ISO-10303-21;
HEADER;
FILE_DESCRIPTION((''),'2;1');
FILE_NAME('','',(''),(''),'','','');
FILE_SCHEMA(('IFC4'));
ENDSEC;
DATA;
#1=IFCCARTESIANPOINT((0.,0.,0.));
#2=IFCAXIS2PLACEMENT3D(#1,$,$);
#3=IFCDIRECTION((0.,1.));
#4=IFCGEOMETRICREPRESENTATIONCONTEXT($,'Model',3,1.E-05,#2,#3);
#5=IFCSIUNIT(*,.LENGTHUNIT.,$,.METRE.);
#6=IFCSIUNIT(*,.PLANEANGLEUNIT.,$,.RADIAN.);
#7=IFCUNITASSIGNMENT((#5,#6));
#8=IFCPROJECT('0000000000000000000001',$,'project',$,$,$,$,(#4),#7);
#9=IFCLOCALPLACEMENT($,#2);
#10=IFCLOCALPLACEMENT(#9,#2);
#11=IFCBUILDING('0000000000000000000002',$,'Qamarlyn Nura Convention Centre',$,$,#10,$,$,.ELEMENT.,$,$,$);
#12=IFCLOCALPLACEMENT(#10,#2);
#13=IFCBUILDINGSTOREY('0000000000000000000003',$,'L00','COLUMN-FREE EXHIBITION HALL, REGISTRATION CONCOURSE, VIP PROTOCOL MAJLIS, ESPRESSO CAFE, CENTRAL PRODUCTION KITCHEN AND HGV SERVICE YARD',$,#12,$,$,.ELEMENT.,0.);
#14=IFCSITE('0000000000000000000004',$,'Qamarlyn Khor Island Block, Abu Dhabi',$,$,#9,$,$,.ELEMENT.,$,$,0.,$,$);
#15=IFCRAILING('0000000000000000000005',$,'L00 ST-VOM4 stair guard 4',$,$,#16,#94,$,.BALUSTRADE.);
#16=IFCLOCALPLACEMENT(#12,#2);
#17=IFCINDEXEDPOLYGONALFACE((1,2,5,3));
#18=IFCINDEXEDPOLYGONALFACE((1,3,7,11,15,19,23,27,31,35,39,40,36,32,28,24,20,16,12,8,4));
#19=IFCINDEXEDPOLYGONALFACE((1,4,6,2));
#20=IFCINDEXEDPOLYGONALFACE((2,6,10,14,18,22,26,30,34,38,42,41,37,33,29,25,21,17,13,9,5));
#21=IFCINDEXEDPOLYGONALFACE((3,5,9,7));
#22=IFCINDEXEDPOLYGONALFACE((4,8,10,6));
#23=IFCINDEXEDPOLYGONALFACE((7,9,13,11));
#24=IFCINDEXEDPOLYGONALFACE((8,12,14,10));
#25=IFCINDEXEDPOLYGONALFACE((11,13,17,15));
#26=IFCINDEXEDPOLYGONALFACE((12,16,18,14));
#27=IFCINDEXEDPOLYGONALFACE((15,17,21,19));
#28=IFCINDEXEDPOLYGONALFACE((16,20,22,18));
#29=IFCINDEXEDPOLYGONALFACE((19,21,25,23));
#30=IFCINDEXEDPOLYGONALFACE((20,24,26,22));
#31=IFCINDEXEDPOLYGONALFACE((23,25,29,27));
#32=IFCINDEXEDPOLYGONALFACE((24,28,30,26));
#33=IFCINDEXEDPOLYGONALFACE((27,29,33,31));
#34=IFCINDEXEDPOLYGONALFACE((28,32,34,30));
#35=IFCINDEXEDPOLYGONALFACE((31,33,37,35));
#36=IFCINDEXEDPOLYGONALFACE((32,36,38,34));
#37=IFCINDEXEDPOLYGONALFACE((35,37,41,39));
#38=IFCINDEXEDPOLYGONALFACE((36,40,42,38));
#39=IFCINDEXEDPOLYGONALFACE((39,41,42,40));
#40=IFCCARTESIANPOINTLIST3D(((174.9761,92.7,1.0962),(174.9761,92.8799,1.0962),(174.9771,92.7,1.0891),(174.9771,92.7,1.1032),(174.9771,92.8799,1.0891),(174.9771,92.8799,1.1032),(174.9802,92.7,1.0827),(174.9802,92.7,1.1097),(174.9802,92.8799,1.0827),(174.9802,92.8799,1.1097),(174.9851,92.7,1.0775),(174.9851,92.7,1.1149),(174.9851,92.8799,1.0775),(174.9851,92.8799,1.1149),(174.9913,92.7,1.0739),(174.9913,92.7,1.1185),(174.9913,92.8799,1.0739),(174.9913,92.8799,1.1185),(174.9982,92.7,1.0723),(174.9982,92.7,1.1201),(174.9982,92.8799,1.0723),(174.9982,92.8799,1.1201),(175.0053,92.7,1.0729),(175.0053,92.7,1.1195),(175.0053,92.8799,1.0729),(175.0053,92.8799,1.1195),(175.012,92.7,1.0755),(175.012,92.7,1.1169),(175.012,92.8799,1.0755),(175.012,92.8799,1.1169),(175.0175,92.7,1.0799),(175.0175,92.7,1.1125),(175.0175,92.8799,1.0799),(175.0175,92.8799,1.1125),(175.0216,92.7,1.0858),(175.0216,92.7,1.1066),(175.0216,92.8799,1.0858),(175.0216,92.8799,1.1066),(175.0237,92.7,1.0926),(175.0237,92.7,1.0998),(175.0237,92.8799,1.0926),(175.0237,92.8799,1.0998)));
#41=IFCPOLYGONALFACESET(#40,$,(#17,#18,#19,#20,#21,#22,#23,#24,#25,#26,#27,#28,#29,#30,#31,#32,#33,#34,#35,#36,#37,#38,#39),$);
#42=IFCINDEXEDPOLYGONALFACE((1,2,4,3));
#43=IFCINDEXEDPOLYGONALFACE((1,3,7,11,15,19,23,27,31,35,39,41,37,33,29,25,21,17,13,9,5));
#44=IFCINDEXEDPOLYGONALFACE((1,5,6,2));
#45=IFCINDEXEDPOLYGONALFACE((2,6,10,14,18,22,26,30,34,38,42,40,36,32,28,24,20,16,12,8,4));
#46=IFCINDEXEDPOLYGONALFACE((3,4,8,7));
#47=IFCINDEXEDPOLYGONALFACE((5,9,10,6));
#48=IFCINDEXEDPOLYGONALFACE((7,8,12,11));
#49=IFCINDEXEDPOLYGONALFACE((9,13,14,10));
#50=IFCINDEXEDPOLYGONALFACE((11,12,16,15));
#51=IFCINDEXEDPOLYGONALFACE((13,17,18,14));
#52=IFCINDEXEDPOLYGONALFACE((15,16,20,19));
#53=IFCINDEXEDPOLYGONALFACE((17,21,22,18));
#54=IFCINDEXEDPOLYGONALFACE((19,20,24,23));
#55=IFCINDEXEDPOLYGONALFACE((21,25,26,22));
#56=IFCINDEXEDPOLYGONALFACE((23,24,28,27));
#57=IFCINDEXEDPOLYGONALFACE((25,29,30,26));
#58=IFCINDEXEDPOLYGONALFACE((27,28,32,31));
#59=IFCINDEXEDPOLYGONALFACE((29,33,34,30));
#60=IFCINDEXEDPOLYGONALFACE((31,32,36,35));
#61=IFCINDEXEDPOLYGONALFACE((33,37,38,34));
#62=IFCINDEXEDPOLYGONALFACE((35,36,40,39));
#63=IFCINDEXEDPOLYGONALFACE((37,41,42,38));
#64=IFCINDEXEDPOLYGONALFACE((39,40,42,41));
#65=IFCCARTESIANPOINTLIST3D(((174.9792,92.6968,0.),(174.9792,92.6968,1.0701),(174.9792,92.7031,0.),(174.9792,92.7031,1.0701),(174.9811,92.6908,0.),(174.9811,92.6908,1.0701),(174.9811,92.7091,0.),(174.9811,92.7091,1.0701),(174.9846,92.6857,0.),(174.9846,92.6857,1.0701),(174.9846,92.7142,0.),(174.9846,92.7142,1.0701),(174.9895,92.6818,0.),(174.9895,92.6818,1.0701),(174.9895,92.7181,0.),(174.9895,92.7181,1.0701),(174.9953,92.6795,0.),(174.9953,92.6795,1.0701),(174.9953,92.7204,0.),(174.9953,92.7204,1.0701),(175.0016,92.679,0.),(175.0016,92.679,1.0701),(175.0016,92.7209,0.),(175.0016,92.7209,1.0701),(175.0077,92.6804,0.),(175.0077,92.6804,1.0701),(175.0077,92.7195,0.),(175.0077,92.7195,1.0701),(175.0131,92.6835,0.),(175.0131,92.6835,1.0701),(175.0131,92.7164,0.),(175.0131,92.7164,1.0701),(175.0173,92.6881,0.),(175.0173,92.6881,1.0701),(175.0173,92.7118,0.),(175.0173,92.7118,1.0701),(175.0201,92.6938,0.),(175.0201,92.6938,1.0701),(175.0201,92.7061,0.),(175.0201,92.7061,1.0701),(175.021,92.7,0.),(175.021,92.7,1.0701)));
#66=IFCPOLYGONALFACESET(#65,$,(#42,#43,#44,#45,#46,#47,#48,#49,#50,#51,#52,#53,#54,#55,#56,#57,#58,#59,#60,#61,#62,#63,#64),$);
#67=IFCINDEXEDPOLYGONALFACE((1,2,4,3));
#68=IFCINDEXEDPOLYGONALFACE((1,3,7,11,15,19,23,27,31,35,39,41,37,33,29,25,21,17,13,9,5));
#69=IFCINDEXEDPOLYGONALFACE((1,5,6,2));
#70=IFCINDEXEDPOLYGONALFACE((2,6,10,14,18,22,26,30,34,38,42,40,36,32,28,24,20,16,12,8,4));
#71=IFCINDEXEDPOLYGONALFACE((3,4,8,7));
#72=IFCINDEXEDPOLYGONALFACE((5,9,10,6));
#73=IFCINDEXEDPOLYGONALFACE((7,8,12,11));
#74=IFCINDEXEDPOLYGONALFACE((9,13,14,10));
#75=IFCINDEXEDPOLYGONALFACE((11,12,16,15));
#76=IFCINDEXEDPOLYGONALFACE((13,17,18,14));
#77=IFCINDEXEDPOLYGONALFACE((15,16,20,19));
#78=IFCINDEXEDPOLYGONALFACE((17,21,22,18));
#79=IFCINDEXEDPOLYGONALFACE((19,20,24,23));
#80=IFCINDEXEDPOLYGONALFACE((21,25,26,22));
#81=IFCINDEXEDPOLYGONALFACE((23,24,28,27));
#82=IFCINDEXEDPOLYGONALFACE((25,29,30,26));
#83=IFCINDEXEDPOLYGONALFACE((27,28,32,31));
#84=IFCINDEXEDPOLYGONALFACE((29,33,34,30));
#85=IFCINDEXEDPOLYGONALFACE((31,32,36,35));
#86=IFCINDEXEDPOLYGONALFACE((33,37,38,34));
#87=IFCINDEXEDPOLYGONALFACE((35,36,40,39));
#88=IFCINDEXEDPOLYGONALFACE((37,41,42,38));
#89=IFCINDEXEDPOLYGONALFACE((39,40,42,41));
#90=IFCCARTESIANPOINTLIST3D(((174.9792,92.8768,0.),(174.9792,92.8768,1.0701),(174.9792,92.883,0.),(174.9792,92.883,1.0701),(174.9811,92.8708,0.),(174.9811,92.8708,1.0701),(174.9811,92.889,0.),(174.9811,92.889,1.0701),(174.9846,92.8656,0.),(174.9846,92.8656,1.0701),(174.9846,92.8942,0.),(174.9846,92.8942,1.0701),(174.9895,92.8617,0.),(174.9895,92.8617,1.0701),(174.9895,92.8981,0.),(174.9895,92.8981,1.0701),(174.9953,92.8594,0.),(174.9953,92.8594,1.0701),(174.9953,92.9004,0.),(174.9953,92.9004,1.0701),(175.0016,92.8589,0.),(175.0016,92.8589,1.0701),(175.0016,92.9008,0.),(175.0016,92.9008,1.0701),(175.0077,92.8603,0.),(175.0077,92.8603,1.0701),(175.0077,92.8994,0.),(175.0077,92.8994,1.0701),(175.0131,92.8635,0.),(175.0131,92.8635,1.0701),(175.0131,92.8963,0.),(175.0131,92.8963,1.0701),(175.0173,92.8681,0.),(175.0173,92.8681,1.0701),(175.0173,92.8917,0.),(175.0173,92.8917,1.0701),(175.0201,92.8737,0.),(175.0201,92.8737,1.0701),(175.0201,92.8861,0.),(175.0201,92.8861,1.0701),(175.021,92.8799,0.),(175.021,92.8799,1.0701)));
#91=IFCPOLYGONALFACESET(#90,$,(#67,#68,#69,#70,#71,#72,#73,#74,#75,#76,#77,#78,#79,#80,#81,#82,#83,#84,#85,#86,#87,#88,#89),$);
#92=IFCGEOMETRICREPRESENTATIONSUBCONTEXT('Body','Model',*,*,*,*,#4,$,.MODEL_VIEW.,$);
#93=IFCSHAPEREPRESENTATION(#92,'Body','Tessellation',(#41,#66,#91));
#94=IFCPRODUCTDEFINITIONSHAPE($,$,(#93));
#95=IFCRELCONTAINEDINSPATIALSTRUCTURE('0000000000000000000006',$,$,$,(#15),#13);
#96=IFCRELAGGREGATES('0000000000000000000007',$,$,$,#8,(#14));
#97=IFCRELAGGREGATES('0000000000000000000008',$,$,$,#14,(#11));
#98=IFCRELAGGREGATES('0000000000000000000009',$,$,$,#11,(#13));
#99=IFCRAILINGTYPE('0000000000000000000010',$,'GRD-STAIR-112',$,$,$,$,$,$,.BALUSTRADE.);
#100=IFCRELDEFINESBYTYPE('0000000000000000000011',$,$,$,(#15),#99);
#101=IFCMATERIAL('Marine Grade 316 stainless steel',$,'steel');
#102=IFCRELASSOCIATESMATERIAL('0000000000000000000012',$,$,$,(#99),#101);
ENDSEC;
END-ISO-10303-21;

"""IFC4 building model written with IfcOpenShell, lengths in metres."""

from ifc_helpers import new_model, si_unit, direction, frame, origin, origin_2d, place, context, subcontext, project, spatial, circle, extrude, material, type_object, element, save


model = new_model("IFC4")

# Units and contexts
model_context = context("Model", 3, precision=1e-05, world=origin(), true_north=direction((0.0, 1.0)))
body_context = subcontext(model_context, "Body", "Model", "MODEL_VIEW")
ifc_project = project(units=[si_unit("LENGTHUNIT", "METRE"), si_unit("PLANEANGLEUNIT", "RADIAN")], contexts=[model_context])

# Site, building, storey
site_placement = place(None, origin())
site = spatial("IfcSite", under=ifc_project, at=site_placement, Name="Qamarlyn Khor Island Block, Abu Dhabi", CompositionType="ELEMENT", RefElevation=0.0)
building_placement = place(site_placement, origin())
building = spatial("IfcBuilding", under=site, at=building_placement, Name="Qamarlyn Nura Convention Centre", CompositionType="ELEMENT")
storey_placement = place(building_placement, origin())
storey = spatial("IfcBuildingStorey", under=building, at=storey_placement, Name="L00", Description="COLUMN-FREE EXHIBITION HALL, REGISTRATION CONCOURSE, VIP PROTOCOL MAJLIS, ESPRESSO CAFE, CENTRAL PRODUCTION KITCHEN AND HGV SERVICE YARD", CompositionType="ELEMENT", Elevation=0.0)

# Railing
ifc_material_1 = material(Name="Marine Grade 316 stainless steel", Category="steel")
railing_type_1 = type_object("IfcRailingType", Name="GRD-STAIR-112", PredefinedType="BALUSTRADE", material=ifc_material_1)
railing_1_placement = place(storey_placement, frame((175.0, 92.7, 0.0)))
element("IfcRailing", 1, at=railing_1_placement, inside=storey, type_object=railing_type_1, Name="L00 ST-VOM4 stair guard 4", PredefinedType="BALUSTRADE", context=body_context, shape_type="SweptSolid", body=[
    extrude(circle(Radius=0.0239, at=origin_2d()), frame((0.0, 0.0, 1.0962), z_axis=(0.0, 1.0, 0.0), x_axis=(-1.0, 0.0, 0.0)), (0.0, 0.0, 1.0), 0.1799),
    extrude(circle(Radius=0.021, at=origin_2d()), origin(), (0.0, 0.0, 1.0), 1.0701),
    extrude(circle(Radius=0.021, at=origin_2d()), frame((0.0, 0.1799, 0.0)), (0.0, 0.0, 1.0), 1.0701),
])

save(model, "model.ifc")
